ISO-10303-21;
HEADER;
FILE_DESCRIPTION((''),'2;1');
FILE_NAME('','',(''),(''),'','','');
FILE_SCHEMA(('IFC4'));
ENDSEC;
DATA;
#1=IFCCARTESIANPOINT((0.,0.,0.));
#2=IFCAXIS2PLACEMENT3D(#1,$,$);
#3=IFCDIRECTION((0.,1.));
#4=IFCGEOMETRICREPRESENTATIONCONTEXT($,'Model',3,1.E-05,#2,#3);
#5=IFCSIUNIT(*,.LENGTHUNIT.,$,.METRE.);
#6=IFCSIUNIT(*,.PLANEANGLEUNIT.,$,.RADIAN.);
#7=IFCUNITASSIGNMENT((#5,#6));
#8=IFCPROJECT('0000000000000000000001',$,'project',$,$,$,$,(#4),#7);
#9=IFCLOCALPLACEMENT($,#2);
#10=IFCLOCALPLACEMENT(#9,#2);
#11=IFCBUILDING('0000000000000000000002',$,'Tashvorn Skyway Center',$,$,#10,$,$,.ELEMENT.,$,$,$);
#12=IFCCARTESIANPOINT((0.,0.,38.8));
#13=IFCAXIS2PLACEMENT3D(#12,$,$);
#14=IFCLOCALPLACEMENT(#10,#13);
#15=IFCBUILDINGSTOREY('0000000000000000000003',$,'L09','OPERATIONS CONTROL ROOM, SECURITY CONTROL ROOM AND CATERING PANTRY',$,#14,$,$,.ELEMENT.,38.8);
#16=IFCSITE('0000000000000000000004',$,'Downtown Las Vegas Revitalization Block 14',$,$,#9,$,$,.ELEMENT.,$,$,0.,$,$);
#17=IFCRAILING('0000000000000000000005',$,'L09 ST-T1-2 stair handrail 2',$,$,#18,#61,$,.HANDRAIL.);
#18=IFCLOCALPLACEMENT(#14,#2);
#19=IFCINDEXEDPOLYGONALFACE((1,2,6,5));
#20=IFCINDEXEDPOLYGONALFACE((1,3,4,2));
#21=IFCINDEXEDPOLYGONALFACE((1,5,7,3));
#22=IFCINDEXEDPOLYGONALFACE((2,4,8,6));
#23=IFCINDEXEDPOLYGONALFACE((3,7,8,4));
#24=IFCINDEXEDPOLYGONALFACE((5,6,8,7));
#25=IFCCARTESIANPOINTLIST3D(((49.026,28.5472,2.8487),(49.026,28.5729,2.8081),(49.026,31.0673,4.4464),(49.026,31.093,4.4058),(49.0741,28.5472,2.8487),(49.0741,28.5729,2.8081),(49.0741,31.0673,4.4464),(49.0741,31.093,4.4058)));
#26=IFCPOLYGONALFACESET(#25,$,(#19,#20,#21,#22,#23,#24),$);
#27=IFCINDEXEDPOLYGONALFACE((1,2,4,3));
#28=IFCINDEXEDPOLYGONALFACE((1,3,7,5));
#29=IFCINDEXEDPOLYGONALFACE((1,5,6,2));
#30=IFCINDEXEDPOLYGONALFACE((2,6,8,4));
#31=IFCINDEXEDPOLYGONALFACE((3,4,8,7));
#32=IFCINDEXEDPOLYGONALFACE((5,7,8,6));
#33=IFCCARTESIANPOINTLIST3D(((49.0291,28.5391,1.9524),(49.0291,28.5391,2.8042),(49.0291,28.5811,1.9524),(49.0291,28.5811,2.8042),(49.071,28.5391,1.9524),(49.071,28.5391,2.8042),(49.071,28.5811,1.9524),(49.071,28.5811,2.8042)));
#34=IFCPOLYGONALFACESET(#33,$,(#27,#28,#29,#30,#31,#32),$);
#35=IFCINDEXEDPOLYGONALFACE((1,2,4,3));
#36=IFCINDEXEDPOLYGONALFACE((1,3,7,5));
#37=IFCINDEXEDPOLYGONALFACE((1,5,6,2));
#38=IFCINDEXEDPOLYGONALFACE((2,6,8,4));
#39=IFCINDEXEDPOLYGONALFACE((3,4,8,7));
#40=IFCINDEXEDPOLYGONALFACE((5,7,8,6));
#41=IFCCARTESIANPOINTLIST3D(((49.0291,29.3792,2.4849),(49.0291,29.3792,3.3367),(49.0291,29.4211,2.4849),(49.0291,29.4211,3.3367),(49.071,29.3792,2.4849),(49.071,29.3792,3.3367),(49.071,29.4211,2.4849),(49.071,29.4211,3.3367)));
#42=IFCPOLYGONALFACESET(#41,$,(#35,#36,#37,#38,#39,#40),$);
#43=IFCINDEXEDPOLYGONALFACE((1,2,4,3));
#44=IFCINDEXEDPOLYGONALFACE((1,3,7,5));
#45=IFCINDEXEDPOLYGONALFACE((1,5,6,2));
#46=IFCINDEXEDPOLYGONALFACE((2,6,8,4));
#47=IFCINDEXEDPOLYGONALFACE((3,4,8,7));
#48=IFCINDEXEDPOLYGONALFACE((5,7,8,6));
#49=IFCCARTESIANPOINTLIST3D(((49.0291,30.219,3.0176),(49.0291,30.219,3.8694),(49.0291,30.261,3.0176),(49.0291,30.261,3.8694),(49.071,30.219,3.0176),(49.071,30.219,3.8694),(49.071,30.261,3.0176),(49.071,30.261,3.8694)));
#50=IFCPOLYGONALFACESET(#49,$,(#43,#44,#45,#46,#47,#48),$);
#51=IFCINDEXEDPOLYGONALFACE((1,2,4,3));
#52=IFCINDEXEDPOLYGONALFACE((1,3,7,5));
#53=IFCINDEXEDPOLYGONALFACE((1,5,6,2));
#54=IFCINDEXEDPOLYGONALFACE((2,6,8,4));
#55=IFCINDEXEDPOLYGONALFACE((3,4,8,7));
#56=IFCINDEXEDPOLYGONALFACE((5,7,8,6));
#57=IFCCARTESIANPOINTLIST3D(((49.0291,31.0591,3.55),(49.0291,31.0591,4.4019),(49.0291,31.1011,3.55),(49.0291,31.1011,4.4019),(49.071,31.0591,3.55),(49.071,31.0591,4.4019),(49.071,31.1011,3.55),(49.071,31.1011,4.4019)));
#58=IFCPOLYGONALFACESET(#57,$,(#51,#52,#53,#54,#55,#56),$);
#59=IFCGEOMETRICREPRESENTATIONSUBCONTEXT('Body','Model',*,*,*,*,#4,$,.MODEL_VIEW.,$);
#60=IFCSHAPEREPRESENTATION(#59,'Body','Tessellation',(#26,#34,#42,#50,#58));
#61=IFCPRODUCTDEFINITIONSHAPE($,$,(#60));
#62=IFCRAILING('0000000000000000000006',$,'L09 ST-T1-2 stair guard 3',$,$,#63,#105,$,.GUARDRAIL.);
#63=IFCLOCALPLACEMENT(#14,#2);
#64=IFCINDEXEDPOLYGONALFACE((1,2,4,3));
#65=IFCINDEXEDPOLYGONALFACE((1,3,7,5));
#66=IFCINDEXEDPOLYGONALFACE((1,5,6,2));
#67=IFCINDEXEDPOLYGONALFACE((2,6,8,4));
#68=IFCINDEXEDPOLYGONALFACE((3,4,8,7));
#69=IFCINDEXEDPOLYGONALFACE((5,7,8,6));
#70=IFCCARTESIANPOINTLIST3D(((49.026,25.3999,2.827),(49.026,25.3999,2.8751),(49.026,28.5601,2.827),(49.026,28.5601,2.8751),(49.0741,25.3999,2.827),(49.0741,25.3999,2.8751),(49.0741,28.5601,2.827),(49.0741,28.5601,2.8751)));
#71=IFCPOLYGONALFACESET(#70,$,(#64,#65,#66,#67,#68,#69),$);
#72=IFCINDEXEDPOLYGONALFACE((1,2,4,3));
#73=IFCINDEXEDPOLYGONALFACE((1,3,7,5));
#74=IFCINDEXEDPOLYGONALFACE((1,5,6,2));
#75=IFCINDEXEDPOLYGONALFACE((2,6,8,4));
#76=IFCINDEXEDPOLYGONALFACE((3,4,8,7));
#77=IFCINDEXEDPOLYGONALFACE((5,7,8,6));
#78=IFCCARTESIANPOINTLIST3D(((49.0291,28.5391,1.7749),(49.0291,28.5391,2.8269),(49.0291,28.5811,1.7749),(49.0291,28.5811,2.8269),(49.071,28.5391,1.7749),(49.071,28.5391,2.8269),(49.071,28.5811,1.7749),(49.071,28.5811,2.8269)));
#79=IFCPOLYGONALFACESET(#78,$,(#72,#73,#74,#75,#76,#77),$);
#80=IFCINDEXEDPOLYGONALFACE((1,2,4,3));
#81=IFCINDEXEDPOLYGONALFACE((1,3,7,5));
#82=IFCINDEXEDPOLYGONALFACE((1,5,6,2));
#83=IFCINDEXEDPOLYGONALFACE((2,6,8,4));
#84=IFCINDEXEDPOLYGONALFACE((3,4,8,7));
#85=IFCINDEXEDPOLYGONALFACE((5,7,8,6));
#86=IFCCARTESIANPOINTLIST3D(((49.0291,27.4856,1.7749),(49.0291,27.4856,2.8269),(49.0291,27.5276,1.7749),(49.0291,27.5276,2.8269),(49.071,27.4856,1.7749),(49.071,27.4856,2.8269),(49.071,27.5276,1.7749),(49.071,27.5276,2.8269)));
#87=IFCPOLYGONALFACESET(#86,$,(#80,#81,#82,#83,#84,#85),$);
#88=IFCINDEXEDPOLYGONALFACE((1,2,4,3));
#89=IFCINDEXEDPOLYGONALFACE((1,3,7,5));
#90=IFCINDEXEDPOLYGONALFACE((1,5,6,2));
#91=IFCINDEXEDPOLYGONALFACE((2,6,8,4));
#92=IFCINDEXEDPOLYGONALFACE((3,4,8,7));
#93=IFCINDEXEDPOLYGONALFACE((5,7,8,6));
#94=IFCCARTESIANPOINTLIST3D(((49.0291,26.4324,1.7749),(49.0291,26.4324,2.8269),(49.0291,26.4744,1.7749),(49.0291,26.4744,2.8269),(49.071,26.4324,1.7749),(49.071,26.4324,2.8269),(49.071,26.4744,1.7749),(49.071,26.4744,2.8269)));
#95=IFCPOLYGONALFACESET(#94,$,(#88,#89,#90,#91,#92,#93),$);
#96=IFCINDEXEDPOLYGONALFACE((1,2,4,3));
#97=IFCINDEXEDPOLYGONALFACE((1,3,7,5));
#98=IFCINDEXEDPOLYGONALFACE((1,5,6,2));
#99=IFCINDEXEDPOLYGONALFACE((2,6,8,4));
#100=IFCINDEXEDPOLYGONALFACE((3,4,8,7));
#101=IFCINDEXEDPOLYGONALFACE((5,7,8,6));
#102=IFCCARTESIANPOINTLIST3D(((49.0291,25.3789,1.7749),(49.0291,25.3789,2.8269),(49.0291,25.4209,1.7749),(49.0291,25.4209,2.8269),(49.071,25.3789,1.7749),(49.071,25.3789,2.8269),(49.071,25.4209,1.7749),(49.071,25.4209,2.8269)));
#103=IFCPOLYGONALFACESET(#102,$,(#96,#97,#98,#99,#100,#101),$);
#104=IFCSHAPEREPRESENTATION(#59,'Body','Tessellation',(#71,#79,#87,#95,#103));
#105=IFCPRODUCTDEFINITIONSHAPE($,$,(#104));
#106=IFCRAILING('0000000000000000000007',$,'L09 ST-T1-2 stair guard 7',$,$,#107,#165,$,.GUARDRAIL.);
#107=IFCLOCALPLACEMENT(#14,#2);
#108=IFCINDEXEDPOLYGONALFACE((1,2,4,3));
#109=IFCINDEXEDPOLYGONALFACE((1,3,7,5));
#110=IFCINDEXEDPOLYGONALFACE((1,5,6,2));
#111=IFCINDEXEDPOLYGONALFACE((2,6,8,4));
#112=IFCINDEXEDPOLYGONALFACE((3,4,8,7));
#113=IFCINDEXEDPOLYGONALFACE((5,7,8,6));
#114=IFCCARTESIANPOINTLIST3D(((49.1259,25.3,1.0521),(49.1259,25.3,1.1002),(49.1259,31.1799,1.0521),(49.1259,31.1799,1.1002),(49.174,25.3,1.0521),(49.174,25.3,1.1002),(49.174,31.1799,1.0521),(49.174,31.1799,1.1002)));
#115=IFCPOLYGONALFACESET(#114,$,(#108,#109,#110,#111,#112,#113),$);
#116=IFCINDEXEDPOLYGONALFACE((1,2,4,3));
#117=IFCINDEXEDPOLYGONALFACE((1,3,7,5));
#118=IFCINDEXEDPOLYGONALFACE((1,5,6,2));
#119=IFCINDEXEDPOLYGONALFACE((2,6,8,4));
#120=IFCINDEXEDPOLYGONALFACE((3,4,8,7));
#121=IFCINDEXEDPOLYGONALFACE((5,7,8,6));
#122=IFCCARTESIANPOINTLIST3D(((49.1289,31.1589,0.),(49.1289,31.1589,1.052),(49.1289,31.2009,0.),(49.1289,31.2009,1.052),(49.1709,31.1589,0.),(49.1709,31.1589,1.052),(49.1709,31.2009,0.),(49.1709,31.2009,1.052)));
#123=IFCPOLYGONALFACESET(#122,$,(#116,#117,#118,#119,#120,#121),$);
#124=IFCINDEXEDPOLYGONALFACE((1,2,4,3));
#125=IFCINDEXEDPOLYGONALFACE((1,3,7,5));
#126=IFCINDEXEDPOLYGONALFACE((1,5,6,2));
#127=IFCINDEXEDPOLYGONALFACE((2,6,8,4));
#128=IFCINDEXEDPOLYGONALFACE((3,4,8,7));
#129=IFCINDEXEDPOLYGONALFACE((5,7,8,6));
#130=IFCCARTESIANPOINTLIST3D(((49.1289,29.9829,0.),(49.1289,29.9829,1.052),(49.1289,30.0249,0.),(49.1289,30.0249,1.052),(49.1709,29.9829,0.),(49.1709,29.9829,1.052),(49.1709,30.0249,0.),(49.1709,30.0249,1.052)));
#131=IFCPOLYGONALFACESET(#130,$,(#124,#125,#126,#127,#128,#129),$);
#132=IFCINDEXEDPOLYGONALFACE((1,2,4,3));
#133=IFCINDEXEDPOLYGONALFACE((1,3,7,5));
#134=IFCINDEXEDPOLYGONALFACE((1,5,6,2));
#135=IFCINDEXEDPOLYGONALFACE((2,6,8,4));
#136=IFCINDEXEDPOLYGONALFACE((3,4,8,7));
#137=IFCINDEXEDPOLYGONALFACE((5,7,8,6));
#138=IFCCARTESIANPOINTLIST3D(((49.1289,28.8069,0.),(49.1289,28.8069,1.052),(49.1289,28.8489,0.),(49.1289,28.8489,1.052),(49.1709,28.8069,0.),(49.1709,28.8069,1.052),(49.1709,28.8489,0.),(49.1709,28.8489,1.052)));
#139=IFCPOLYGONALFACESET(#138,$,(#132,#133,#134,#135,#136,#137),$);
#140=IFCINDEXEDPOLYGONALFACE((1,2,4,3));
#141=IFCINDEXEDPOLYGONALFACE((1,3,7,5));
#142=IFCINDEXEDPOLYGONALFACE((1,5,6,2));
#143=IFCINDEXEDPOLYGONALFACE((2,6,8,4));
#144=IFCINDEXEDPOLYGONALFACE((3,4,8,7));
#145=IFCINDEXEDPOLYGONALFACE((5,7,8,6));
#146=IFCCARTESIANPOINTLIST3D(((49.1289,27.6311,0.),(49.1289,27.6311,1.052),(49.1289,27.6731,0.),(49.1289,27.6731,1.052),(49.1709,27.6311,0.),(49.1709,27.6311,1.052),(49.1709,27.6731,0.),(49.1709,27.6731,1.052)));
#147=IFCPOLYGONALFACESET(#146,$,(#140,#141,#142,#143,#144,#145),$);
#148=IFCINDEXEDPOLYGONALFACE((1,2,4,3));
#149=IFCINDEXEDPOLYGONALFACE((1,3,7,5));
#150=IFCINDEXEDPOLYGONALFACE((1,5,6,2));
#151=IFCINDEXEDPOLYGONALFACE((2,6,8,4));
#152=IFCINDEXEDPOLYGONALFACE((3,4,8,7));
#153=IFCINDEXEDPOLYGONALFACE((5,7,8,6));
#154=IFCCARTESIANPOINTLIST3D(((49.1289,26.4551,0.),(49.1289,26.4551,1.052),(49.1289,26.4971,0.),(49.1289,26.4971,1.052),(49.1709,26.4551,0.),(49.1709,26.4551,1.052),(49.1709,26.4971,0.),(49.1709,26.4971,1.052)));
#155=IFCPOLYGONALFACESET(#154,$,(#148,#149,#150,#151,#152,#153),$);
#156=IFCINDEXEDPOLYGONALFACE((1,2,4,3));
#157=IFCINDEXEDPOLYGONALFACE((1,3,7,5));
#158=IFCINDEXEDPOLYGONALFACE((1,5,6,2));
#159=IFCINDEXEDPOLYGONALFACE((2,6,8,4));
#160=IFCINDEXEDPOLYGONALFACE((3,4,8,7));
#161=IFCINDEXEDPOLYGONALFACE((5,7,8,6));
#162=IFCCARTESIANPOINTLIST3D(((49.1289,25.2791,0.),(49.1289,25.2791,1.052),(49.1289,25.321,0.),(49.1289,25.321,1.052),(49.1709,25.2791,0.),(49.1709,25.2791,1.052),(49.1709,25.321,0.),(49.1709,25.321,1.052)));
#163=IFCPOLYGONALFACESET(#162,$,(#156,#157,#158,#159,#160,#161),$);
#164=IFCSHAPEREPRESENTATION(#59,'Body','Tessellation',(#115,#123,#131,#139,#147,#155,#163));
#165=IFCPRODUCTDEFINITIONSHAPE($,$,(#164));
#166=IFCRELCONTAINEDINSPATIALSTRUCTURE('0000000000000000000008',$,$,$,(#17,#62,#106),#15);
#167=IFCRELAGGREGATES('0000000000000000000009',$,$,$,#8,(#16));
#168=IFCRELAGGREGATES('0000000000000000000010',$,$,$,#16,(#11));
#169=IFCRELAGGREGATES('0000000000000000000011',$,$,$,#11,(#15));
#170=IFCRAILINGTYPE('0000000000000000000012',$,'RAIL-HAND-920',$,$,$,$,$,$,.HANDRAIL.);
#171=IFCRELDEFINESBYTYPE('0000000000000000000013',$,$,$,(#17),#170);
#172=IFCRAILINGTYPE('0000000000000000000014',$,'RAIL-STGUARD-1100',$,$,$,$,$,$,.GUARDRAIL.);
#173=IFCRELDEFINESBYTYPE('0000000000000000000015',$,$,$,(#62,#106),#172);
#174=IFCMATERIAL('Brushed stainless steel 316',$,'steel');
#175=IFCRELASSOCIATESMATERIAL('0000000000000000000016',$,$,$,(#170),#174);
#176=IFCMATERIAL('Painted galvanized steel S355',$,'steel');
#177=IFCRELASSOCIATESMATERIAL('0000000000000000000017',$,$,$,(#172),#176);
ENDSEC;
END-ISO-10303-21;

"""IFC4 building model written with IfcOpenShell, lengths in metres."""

from ifc_helpers import new_model, si_unit, direction, frame, origin, origin_2d, place, context, subcontext, project, spatial, rectangle, extrude, material, type_object, element, save


model = new_model("IFC4")

# Units and contexts
model_context = context("Model", 3, precision=1e-05, world=origin(), true_north=direction((0.0, 1.0)))
body_context = subcontext(model_context, "Body", "Model", "MODEL_VIEW")
ifc_project = project(units=[si_unit("LENGTHUNIT", "METRE"), si_unit("PLANEANGLEUNIT", "RADIAN")], contexts=[model_context])

# Site, building, storey
site_placement = place(None, origin())
site = spatial("IfcSite", under=ifc_project, at=site_placement, Name="Downtown Las Vegas Revitalization Block 14", CompositionType="ELEMENT", RefElevation=0.0)
building_placement = place(site_placement, origin())
building = spatial("IfcBuilding", under=site, at=building_placement, Name="Tashvorn Skyway Center", CompositionType="ELEMENT")
storey_placement = place(building_placement, frame((0.0, 0.0, 38.8)))
storey = spatial("IfcBuildingStorey", under=building, at=storey_placement, Name="L09", Description="OPERATIONS CONTROL ROOM, SECURITY CONTROL ROOM AND CATERING PANTRY", CompositionType="ELEMENT", Elevation=38.8)

# Railings
ifc_material_1 = material(Name="Brushed stainless steel 316", Category="steel")
railing_type_1 = type_object("IfcRailingType", Name="RAIL-HAND-920", PredefinedType="HANDRAIL", material=ifc_material_1)
railing_1_placement = place(storey_placement, frame((49.05, 28.5601, 1.9524)))
element("IfcRailing", 1, at=railing_1_placement, inside=storey, type_object=railing_type_1, Name="L09 ST-T1-2 stair handrail 2", PredefinedType="HANDRAIL", context=body_context, shape_type="SweptSolid", body=[
    extrude(rectangle(XDim=0.0481, YDim=0.0481, at=origin_2d()), frame((0.0, 0.0, 0.876), z_axis=(0.0, 0.84457, 0.535445), x_axis=(-1.0, 0.0, 0.0)), (0.0, 0.0, 1.0), 2.9839),
    extrude(rectangle(XDim=0.042, YDim=0.042, at=origin_2d()), origin(), (0.0, 0.0, 1.0), 0.8518),
    extrude(rectangle(XDim=0.042, YDim=0.042, at=origin_2d()), frame((0.0, 0.8401, 0.5325)), (0.0, 0.0, 1.0), 0.8518),
    extrude(rectangle(XDim=0.042, YDim=0.042, at=origin_2d()), frame((0.0, 1.6799, 1.0652)), (0.0, 0.0, 1.0), 0.8518),
    extrude(rectangle(XDim=0.042, YDim=0.042, at=origin_2d()), frame((0.0, 2.52, 1.5977)), (0.0, 0.0, 1.0), 0.8518),
])
ifc_material_2 = material(Name="Painted galvanized steel S355", Category="steel")
railing_type_2 = type_object("IfcRailingType", Name="RAIL-STGUARD-1100", PredefinedType="GUARDRAIL", material=ifc_material_2)
railing_2_placement = place(storey_placement, frame((49.05, 28.5601, 1.7749)))
element("IfcRailing", 2, at=railing_2_placement, inside=storey, type_object=railing_type_2, Name="L09 ST-T1-2 stair guard 3", PredefinedType="GUARDRAIL", context=body_context, shape_type="SweptSolid", body=[
    extrude(rectangle(XDim=0.0481, YDim=0.0481, at=origin_2d()), frame((0.0, 0.0, 1.0762), z_axis=(0.0, -1.0, 0.0), x_axis=(1.0, 0.0, 0.0)), (0.0, 0.0, 1.0), 3.1602),
    extrude(rectangle(XDim=0.042, YDim=0.042, at=origin_2d()), origin(), (0.0, 0.0, 1.0), 1.052),
    extrude(rectangle(XDim=0.042, YDim=0.042, at=origin_2d()), frame((0.0, -1.0535, 0.0)), (0.0, 0.0, 1.0), 1.052),
    extrude(rectangle(XDim=0.042, YDim=0.042, at=origin_2d()), frame((0.0, -2.1067, 0.0)), (0.0, 0.0, 1.0), 1.052),
    extrude(rectangle(XDim=0.042, YDim=0.042, at=origin_2d()), frame((0.0, -3.1602, 0.0)), (0.0, 0.0, 1.0), 1.052),
])
railing_3_placement = place(storey_placement, frame((49.1499, 31.1799, 0.0)))
element("IfcRailing", 3, at=railing_3_placement, inside=storey, type_object=railing_type_2, Name="L09 ST-T1-2 stair guard 7", PredefinedType="GUARDRAIL", context=body_context, shape_type="SweptSolid", body=[
    extrude(rectangle(XDim=0.0481, YDim=0.0481, at=origin_2d()), frame((0.0, 0.0, 1.0762), z_axis=(0.0, -1.0, 0.0), x_axis=(1.0, 0.0, 0.0)), (0.0, 0.0, 1.0), 5.8799),
    extrude(rectangle(XDim=0.042, YDim=0.042, at=origin_2d()), origin(), (0.0, 0.0, 1.0), 1.052),
    extrude(rectangle(XDim=0.042, YDim=0.042, at=origin_2d()), frame((0.0, -1.176, 0.0)), (0.0, 0.0, 1.0), 1.052),
    extrude(rectangle(XDim=0.042, YDim=0.042, at=origin_2d()), frame((0.0, -2.3521, 0.0)), (0.0, 0.0, 1.0), 1.052),
    extrude(rectangle(XDim=0.042, YDim=0.042, at=origin_2d()), frame((0.0, -3.5278, 0.0)), (0.0, 0.0, 1.0), 1.052),
    extrude(rectangle(XDim=0.042, YDim=0.042, at=origin_2d()), frame((0.0, -4.7039, 0.0)), (0.0, 0.0, 1.0), 1.052),
    extrude(rectangle(XDim=0.042, YDim=0.042, at=origin_2d()), frame((0.0, -5.8799, 0.0)), (0.0, 0.0, 1.0), 1.052),
])

save(model, "model.ifc")
